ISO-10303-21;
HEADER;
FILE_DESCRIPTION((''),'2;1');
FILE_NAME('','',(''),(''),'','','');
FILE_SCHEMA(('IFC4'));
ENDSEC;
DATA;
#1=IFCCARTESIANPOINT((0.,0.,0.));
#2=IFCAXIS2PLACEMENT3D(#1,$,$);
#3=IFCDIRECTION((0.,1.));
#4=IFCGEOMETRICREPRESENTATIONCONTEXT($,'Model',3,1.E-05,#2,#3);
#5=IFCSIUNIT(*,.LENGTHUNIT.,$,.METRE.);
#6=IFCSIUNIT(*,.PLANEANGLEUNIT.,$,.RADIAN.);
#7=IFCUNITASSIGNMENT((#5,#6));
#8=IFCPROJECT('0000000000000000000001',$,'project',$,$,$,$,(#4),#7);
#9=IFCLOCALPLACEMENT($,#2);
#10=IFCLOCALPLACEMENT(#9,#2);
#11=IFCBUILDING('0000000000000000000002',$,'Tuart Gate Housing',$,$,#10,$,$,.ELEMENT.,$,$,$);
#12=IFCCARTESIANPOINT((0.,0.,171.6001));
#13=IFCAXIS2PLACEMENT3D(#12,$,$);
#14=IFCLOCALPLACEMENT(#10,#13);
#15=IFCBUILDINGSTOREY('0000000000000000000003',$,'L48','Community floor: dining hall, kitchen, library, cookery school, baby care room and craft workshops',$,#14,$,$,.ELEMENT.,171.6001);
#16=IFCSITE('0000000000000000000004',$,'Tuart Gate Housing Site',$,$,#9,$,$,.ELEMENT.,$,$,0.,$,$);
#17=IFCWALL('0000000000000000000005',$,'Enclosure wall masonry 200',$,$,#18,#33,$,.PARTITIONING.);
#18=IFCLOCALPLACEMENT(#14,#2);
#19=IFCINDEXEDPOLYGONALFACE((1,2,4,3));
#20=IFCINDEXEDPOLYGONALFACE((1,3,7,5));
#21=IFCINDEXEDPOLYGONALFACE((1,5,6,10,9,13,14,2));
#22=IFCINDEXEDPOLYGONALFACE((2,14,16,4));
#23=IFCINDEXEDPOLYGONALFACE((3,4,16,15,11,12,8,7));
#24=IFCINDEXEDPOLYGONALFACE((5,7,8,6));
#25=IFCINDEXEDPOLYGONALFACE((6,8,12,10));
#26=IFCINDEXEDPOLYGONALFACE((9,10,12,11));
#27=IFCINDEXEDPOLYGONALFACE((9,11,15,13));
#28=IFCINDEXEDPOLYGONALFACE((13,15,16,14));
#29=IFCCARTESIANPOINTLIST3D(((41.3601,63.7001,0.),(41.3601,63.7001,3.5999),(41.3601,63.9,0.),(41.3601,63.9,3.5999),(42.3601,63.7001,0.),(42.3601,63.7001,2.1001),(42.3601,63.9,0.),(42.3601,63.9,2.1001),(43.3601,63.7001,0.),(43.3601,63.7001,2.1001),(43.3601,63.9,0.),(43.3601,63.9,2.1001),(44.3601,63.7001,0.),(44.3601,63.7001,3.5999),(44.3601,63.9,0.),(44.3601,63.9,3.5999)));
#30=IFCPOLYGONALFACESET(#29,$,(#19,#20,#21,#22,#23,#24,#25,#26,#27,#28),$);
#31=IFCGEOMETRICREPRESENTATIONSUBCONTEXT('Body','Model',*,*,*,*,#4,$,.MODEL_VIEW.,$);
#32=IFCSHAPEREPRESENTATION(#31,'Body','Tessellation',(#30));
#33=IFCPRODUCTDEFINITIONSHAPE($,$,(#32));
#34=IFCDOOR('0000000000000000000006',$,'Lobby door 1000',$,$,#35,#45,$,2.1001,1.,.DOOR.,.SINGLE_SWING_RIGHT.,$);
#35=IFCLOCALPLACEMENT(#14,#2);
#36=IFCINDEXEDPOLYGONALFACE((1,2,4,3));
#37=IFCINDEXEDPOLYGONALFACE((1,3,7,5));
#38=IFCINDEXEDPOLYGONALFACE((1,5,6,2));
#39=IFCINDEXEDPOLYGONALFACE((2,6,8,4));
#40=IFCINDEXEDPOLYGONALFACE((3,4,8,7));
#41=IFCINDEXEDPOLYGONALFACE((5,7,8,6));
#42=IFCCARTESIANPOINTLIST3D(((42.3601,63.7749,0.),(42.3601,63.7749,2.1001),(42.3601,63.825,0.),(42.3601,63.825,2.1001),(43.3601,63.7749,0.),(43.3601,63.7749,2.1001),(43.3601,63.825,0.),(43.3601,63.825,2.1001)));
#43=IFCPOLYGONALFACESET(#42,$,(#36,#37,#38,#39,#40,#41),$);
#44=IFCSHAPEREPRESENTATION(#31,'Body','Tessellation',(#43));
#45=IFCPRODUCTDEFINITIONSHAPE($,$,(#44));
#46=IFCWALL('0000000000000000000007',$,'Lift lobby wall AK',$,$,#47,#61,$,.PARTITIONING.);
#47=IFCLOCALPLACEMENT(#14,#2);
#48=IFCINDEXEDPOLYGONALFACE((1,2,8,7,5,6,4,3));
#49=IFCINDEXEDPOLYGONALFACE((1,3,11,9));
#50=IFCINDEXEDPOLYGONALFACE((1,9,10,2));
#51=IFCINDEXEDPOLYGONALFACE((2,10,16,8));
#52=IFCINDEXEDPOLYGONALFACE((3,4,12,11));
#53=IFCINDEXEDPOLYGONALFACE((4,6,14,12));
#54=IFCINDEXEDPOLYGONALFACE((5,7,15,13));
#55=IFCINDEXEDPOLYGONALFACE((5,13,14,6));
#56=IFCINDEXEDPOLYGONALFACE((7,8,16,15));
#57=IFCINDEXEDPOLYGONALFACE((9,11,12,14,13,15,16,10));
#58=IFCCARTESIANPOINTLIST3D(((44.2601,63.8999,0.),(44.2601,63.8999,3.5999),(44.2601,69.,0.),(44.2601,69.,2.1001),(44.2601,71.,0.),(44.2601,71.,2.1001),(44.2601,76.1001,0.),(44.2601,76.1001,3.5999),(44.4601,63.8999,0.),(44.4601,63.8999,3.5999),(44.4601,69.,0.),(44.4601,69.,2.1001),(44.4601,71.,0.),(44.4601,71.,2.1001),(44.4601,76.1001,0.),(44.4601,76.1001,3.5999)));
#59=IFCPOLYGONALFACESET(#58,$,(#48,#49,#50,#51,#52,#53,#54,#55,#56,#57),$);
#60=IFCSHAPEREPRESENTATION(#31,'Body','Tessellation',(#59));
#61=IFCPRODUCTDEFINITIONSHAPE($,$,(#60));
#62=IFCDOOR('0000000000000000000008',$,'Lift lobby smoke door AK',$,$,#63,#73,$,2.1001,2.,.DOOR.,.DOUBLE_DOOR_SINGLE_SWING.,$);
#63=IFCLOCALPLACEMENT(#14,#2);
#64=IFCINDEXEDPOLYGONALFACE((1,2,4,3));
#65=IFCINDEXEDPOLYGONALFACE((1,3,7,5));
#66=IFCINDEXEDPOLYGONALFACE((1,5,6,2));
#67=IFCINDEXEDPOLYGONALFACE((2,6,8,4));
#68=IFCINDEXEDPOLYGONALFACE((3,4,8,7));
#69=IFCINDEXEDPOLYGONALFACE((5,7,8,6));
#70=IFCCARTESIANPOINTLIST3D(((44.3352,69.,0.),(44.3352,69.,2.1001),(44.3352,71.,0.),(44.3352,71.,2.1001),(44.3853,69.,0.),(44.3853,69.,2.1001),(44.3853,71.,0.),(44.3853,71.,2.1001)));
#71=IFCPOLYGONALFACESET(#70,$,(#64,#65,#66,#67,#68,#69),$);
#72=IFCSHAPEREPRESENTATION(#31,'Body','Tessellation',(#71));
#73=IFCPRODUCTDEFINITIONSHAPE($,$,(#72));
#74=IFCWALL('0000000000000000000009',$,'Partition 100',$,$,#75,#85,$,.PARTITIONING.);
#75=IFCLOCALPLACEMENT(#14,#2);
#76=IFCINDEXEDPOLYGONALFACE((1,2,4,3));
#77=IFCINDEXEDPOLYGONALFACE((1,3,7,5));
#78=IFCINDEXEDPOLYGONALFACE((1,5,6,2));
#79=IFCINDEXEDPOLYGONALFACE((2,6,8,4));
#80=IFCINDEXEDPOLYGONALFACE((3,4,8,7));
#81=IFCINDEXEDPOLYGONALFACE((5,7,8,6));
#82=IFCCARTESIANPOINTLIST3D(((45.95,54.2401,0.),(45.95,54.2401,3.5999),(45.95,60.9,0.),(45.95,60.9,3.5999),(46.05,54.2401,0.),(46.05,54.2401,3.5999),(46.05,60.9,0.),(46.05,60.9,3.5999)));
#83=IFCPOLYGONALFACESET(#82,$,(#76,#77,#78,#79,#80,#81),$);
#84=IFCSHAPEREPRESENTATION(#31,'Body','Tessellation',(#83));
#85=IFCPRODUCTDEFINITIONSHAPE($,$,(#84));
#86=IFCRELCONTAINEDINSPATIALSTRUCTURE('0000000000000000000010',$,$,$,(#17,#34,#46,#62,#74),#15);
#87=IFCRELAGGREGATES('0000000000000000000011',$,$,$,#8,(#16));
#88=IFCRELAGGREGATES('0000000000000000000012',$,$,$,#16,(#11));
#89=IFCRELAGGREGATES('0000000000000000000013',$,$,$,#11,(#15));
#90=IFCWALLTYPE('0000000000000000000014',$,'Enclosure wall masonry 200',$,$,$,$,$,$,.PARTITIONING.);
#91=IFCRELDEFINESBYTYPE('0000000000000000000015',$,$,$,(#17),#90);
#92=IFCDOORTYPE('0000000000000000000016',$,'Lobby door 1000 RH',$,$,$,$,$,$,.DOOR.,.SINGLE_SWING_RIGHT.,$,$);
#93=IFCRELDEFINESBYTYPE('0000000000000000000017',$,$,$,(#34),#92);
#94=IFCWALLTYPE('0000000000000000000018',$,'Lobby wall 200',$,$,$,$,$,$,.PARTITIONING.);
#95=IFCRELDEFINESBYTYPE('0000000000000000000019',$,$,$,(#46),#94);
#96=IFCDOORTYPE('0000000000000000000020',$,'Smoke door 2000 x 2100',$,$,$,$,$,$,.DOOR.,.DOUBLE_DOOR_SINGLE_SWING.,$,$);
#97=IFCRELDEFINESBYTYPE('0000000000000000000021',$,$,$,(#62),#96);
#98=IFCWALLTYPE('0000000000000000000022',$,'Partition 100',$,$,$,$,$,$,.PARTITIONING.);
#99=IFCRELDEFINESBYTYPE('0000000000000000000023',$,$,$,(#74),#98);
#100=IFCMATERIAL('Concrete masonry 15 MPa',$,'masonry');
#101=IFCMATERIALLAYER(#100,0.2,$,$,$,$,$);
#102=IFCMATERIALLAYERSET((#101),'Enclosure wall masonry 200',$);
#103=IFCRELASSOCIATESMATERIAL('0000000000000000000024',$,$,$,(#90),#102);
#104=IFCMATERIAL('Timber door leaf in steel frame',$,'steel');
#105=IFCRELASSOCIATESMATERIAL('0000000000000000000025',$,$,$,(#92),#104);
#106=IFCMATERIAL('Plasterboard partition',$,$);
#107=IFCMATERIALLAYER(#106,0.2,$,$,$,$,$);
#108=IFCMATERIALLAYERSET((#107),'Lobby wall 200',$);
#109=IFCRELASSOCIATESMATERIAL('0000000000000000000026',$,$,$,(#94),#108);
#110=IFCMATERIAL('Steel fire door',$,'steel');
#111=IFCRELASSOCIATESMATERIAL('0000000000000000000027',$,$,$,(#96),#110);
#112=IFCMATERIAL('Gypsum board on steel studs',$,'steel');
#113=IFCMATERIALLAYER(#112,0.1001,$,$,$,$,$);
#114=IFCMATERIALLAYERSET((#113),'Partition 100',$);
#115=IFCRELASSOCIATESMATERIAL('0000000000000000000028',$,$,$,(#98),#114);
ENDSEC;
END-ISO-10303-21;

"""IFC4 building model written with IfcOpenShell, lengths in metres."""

from ifc_helpers import new_model, si_unit, direction, frame, frame_2d, origin, place, context, subcontext, project, spatial, rectangle, extrude, material, layer, layer_set, type_object, element, fill, save


model = new_model("IFC4")

# Units and contexts
model_context = context("Model", 3, precision=1e-05, world=origin(), true_north=direction((0.0, 1.0)))
body_context = subcontext(model_context, "Body", "Model", "MODEL_VIEW")
ifc_project = project(units=[si_unit("LENGTHUNIT", "METRE"), si_unit("PLANEANGLEUNIT", "RADIAN")], contexts=[model_context])

# Site, building, storey
site_placement = place(None, origin())
site = spatial("IfcSite", under=ifc_project, at=site_placement, Name="Tuart Gate Housing Site", CompositionType="ELEMENT", RefElevation=0.0)
building_placement = place(site_placement, origin())
building = spatial("IfcBuilding", under=site, at=building_placement, Name="Tuart Gate Housing", CompositionType="ELEMENT")
storey_placement = place(building_placement, frame((0.0, 0.0, 171.6001)))
storey = spatial("IfcBuildingStorey", under=building, at=storey_placement, Name="L48", Description="Community floor: dining hall, kitchen, library, cookery school, baby care room and craft workshops", CompositionType="ELEMENT", Elevation=171.6001)

# Walls, openings, doors
ifc_material_1 = material(Name="Concrete masonry 15 MPa", Category="masonry")
ifc_layer_1 = layer(ifc_material_1, 0.2)
ifc_layer_set_1 = layer_set([ifc_layer_1], Name="Enclosure wall masonry 200")
wall_type_1 = type_object("IfcWallType", Name="Enclosure wall masonry 200", PredefinedType="PARTITIONING", material=ifc_layer_set_1)
wall_1_placement = place(storey_placement, frame((41.3601, 63.8, 0.0), z_axis=(0.0, 0.0, 1.0), x_axis=(1.0, 0.0, 0.0)))
wall_1 = element("IfcWall", 1, at=wall_1_placement, inside=storey, type_object=wall_type_1, Name="Enclosure wall masonry 200", PredefinedType="PARTITIONING", context=body_context, shape_type="SweptSolid", body=[
    extrude(rectangle(XDim=3.0, YDim=0.2, at=frame_2d((1.5, 0.0))), origin(), (0.0, 0.0, 1.0), 3.5999),
])
opening_1_placement = place(wall_1_placement, frame((1.0, 0.0, 0.0)))
opening_1 = element("IfcOpeningElement", 2, at=opening_1_placement, cuts=wall_1, PredefinedType="OPENING", context=body_context, shape_type="SweptSolid", body=[
    extrude(rectangle(XDim=1.0, YDim=2.1001, at=frame_2d((0.5, 1.05))), frame((0.0, 0.1099, 0.0), z_axis=(0.0, -1.0, 0.0), x_axis=(1.0, 0.0, 0.0)), (0.0, 0.0, 1.0), 0.22),
])
ifc_material_2 = material(Name="Timber door leaf in steel frame", Category="steel")
door_type_1 = type_object("IfcDoorType", Name="Lobby door 1000 RH", OperationType="SINGLE_SWING_RIGHT", PredefinedType="DOOR", material=ifc_material_2)
door_1_placement = place(opening_1_placement, origin())
door_1 = element("IfcDoor", 3, at=door_1_placement, inside=storey, type_object=door_type_1, Name="Lobby door 1000", OperationType="SINGLE_SWING_RIGHT", OverallHeight=2.1001, OverallWidth=1.0, PredefinedType="DOOR", context=body_context, shape_type="SweptSolid", body=[
    extrude(rectangle(XDim=1.0, YDim=2.1001, at=frame_2d((0.5, 1.05))), frame((0.0, 0.0249, 0.0), z_axis=(0.0, -1.0, 0.0), x_axis=(1.0, 0.0, 0.0)), (0.0, 0.0, 1.0), 0.05),
])
fill(opening_1, door_1)
ifc_material_3 = material(Name="Plasterboard partition")
ifc_layer_2 = layer(ifc_material_3, 0.2)
ifc_layer_set_2 = layer_set([ifc_layer_2], Name="Lobby wall 200")
wall_type_2 = type_object("IfcWallType", Name="Lobby wall 200", PredefinedType="PARTITIONING", material=ifc_layer_set_2)
wall_2_placement = place(storey_placement, frame((44.3601, 63.8999, 0.0), z_axis=(0.0, 0.0, 1.0), x_axis=(0.0, 1.0, 0.0)))
wall_2 = element("IfcWall", 4, at=wall_2_placement, inside=storey, type_object=wall_type_2, Name="Lift lobby wall AK", PredefinedType="PARTITIONING", context=body_context, shape_type="SweptSolid", body=[
    extrude(rectangle(XDim=12.2002, YDim=0.2, at=frame_2d((6.1001, 0.0))), origin(), (0.0, 0.0, 1.0), 3.5999),
])
opening_2_placement = place(wall_2_placement, frame((5.1001, 0.0, 0.0)))
opening_2 = element("IfcOpeningElement", 5, at=opening_2_placement, cuts=wall_2, PredefinedType="OPENING", context=body_context, shape_type="SweptSolid", body=[
    extrude(rectangle(XDim=2.0, YDim=2.1001, at=frame_2d((1.0, 1.05))), frame((0.0, 0.1099, 0.0), z_axis=(0.0, -1.0, 0.0), x_axis=(1.0, 0.0, 0.0)), (0.0, 0.0, 1.0), 0.22),
])
ifc_material_4 = material(Name="Steel fire door", Category="steel")
door_type_2 = type_object("IfcDoorType", Name="Smoke door 2000 x 2100", OperationType="DOUBLE_DOOR_SINGLE_SWING", PredefinedType="DOOR", material=ifc_material_4)
door_2_placement = place(opening_2_placement, origin())
door_2 = element("IfcDoor", 6, at=door_2_placement, inside=storey, type_object=door_type_2, Name="Lift lobby smoke door AK", OperationType="DOUBLE_DOOR_SINGLE_SWING", OverallHeight=2.1001, OverallWidth=2.0, PredefinedType="DOOR", context=body_context, shape_type="SweptSolid", body=[
    extrude(rectangle(XDim=2.0, YDim=2.1001, at=frame_2d((1.0, 1.05))), frame((0.0, 0.0249, 0.0), z_axis=(0.0, -1.0, 0.0), x_axis=(1.0, 0.0, 0.0)), (0.0, 0.0, 1.0), 0.05),
])
fill(opening_2, door_2)

# Wall
ifc_material_5 = material(Name="Gypsum board on steel studs", Category="steel")
ifc_layer_3 = layer(ifc_material_5, 0.1001)
ifc_layer_set_3 = layer_set([ifc_layer_3], Name="Partition 100")
wall_type_3 = type_object("IfcWallType", Name="Partition 100", PredefinedType="PARTITIONING", material=ifc_layer_set_3)
wall_3_placement = place(storey_placement, frame((46.0, 54.24, 0.0), z_axis=(0.0, 0.0, 1.0), x_axis=(0.0, 1.0, 0.0)))
element("IfcWall", 7, at=wall_3_placement, inside=storey, type_object=wall_type_3, Name="Partition 100", PredefinedType="PARTITIONING", context=body_context, shape_type="SweptSolid", body=[
    extrude(rectangle(XDim=6.6599, YDim=0.1001, at=frame_2d((3.3301, 0.0))), origin(), (0.0, 0.0, 1.0), 3.5999),
])

save(model, "model.ifc")
